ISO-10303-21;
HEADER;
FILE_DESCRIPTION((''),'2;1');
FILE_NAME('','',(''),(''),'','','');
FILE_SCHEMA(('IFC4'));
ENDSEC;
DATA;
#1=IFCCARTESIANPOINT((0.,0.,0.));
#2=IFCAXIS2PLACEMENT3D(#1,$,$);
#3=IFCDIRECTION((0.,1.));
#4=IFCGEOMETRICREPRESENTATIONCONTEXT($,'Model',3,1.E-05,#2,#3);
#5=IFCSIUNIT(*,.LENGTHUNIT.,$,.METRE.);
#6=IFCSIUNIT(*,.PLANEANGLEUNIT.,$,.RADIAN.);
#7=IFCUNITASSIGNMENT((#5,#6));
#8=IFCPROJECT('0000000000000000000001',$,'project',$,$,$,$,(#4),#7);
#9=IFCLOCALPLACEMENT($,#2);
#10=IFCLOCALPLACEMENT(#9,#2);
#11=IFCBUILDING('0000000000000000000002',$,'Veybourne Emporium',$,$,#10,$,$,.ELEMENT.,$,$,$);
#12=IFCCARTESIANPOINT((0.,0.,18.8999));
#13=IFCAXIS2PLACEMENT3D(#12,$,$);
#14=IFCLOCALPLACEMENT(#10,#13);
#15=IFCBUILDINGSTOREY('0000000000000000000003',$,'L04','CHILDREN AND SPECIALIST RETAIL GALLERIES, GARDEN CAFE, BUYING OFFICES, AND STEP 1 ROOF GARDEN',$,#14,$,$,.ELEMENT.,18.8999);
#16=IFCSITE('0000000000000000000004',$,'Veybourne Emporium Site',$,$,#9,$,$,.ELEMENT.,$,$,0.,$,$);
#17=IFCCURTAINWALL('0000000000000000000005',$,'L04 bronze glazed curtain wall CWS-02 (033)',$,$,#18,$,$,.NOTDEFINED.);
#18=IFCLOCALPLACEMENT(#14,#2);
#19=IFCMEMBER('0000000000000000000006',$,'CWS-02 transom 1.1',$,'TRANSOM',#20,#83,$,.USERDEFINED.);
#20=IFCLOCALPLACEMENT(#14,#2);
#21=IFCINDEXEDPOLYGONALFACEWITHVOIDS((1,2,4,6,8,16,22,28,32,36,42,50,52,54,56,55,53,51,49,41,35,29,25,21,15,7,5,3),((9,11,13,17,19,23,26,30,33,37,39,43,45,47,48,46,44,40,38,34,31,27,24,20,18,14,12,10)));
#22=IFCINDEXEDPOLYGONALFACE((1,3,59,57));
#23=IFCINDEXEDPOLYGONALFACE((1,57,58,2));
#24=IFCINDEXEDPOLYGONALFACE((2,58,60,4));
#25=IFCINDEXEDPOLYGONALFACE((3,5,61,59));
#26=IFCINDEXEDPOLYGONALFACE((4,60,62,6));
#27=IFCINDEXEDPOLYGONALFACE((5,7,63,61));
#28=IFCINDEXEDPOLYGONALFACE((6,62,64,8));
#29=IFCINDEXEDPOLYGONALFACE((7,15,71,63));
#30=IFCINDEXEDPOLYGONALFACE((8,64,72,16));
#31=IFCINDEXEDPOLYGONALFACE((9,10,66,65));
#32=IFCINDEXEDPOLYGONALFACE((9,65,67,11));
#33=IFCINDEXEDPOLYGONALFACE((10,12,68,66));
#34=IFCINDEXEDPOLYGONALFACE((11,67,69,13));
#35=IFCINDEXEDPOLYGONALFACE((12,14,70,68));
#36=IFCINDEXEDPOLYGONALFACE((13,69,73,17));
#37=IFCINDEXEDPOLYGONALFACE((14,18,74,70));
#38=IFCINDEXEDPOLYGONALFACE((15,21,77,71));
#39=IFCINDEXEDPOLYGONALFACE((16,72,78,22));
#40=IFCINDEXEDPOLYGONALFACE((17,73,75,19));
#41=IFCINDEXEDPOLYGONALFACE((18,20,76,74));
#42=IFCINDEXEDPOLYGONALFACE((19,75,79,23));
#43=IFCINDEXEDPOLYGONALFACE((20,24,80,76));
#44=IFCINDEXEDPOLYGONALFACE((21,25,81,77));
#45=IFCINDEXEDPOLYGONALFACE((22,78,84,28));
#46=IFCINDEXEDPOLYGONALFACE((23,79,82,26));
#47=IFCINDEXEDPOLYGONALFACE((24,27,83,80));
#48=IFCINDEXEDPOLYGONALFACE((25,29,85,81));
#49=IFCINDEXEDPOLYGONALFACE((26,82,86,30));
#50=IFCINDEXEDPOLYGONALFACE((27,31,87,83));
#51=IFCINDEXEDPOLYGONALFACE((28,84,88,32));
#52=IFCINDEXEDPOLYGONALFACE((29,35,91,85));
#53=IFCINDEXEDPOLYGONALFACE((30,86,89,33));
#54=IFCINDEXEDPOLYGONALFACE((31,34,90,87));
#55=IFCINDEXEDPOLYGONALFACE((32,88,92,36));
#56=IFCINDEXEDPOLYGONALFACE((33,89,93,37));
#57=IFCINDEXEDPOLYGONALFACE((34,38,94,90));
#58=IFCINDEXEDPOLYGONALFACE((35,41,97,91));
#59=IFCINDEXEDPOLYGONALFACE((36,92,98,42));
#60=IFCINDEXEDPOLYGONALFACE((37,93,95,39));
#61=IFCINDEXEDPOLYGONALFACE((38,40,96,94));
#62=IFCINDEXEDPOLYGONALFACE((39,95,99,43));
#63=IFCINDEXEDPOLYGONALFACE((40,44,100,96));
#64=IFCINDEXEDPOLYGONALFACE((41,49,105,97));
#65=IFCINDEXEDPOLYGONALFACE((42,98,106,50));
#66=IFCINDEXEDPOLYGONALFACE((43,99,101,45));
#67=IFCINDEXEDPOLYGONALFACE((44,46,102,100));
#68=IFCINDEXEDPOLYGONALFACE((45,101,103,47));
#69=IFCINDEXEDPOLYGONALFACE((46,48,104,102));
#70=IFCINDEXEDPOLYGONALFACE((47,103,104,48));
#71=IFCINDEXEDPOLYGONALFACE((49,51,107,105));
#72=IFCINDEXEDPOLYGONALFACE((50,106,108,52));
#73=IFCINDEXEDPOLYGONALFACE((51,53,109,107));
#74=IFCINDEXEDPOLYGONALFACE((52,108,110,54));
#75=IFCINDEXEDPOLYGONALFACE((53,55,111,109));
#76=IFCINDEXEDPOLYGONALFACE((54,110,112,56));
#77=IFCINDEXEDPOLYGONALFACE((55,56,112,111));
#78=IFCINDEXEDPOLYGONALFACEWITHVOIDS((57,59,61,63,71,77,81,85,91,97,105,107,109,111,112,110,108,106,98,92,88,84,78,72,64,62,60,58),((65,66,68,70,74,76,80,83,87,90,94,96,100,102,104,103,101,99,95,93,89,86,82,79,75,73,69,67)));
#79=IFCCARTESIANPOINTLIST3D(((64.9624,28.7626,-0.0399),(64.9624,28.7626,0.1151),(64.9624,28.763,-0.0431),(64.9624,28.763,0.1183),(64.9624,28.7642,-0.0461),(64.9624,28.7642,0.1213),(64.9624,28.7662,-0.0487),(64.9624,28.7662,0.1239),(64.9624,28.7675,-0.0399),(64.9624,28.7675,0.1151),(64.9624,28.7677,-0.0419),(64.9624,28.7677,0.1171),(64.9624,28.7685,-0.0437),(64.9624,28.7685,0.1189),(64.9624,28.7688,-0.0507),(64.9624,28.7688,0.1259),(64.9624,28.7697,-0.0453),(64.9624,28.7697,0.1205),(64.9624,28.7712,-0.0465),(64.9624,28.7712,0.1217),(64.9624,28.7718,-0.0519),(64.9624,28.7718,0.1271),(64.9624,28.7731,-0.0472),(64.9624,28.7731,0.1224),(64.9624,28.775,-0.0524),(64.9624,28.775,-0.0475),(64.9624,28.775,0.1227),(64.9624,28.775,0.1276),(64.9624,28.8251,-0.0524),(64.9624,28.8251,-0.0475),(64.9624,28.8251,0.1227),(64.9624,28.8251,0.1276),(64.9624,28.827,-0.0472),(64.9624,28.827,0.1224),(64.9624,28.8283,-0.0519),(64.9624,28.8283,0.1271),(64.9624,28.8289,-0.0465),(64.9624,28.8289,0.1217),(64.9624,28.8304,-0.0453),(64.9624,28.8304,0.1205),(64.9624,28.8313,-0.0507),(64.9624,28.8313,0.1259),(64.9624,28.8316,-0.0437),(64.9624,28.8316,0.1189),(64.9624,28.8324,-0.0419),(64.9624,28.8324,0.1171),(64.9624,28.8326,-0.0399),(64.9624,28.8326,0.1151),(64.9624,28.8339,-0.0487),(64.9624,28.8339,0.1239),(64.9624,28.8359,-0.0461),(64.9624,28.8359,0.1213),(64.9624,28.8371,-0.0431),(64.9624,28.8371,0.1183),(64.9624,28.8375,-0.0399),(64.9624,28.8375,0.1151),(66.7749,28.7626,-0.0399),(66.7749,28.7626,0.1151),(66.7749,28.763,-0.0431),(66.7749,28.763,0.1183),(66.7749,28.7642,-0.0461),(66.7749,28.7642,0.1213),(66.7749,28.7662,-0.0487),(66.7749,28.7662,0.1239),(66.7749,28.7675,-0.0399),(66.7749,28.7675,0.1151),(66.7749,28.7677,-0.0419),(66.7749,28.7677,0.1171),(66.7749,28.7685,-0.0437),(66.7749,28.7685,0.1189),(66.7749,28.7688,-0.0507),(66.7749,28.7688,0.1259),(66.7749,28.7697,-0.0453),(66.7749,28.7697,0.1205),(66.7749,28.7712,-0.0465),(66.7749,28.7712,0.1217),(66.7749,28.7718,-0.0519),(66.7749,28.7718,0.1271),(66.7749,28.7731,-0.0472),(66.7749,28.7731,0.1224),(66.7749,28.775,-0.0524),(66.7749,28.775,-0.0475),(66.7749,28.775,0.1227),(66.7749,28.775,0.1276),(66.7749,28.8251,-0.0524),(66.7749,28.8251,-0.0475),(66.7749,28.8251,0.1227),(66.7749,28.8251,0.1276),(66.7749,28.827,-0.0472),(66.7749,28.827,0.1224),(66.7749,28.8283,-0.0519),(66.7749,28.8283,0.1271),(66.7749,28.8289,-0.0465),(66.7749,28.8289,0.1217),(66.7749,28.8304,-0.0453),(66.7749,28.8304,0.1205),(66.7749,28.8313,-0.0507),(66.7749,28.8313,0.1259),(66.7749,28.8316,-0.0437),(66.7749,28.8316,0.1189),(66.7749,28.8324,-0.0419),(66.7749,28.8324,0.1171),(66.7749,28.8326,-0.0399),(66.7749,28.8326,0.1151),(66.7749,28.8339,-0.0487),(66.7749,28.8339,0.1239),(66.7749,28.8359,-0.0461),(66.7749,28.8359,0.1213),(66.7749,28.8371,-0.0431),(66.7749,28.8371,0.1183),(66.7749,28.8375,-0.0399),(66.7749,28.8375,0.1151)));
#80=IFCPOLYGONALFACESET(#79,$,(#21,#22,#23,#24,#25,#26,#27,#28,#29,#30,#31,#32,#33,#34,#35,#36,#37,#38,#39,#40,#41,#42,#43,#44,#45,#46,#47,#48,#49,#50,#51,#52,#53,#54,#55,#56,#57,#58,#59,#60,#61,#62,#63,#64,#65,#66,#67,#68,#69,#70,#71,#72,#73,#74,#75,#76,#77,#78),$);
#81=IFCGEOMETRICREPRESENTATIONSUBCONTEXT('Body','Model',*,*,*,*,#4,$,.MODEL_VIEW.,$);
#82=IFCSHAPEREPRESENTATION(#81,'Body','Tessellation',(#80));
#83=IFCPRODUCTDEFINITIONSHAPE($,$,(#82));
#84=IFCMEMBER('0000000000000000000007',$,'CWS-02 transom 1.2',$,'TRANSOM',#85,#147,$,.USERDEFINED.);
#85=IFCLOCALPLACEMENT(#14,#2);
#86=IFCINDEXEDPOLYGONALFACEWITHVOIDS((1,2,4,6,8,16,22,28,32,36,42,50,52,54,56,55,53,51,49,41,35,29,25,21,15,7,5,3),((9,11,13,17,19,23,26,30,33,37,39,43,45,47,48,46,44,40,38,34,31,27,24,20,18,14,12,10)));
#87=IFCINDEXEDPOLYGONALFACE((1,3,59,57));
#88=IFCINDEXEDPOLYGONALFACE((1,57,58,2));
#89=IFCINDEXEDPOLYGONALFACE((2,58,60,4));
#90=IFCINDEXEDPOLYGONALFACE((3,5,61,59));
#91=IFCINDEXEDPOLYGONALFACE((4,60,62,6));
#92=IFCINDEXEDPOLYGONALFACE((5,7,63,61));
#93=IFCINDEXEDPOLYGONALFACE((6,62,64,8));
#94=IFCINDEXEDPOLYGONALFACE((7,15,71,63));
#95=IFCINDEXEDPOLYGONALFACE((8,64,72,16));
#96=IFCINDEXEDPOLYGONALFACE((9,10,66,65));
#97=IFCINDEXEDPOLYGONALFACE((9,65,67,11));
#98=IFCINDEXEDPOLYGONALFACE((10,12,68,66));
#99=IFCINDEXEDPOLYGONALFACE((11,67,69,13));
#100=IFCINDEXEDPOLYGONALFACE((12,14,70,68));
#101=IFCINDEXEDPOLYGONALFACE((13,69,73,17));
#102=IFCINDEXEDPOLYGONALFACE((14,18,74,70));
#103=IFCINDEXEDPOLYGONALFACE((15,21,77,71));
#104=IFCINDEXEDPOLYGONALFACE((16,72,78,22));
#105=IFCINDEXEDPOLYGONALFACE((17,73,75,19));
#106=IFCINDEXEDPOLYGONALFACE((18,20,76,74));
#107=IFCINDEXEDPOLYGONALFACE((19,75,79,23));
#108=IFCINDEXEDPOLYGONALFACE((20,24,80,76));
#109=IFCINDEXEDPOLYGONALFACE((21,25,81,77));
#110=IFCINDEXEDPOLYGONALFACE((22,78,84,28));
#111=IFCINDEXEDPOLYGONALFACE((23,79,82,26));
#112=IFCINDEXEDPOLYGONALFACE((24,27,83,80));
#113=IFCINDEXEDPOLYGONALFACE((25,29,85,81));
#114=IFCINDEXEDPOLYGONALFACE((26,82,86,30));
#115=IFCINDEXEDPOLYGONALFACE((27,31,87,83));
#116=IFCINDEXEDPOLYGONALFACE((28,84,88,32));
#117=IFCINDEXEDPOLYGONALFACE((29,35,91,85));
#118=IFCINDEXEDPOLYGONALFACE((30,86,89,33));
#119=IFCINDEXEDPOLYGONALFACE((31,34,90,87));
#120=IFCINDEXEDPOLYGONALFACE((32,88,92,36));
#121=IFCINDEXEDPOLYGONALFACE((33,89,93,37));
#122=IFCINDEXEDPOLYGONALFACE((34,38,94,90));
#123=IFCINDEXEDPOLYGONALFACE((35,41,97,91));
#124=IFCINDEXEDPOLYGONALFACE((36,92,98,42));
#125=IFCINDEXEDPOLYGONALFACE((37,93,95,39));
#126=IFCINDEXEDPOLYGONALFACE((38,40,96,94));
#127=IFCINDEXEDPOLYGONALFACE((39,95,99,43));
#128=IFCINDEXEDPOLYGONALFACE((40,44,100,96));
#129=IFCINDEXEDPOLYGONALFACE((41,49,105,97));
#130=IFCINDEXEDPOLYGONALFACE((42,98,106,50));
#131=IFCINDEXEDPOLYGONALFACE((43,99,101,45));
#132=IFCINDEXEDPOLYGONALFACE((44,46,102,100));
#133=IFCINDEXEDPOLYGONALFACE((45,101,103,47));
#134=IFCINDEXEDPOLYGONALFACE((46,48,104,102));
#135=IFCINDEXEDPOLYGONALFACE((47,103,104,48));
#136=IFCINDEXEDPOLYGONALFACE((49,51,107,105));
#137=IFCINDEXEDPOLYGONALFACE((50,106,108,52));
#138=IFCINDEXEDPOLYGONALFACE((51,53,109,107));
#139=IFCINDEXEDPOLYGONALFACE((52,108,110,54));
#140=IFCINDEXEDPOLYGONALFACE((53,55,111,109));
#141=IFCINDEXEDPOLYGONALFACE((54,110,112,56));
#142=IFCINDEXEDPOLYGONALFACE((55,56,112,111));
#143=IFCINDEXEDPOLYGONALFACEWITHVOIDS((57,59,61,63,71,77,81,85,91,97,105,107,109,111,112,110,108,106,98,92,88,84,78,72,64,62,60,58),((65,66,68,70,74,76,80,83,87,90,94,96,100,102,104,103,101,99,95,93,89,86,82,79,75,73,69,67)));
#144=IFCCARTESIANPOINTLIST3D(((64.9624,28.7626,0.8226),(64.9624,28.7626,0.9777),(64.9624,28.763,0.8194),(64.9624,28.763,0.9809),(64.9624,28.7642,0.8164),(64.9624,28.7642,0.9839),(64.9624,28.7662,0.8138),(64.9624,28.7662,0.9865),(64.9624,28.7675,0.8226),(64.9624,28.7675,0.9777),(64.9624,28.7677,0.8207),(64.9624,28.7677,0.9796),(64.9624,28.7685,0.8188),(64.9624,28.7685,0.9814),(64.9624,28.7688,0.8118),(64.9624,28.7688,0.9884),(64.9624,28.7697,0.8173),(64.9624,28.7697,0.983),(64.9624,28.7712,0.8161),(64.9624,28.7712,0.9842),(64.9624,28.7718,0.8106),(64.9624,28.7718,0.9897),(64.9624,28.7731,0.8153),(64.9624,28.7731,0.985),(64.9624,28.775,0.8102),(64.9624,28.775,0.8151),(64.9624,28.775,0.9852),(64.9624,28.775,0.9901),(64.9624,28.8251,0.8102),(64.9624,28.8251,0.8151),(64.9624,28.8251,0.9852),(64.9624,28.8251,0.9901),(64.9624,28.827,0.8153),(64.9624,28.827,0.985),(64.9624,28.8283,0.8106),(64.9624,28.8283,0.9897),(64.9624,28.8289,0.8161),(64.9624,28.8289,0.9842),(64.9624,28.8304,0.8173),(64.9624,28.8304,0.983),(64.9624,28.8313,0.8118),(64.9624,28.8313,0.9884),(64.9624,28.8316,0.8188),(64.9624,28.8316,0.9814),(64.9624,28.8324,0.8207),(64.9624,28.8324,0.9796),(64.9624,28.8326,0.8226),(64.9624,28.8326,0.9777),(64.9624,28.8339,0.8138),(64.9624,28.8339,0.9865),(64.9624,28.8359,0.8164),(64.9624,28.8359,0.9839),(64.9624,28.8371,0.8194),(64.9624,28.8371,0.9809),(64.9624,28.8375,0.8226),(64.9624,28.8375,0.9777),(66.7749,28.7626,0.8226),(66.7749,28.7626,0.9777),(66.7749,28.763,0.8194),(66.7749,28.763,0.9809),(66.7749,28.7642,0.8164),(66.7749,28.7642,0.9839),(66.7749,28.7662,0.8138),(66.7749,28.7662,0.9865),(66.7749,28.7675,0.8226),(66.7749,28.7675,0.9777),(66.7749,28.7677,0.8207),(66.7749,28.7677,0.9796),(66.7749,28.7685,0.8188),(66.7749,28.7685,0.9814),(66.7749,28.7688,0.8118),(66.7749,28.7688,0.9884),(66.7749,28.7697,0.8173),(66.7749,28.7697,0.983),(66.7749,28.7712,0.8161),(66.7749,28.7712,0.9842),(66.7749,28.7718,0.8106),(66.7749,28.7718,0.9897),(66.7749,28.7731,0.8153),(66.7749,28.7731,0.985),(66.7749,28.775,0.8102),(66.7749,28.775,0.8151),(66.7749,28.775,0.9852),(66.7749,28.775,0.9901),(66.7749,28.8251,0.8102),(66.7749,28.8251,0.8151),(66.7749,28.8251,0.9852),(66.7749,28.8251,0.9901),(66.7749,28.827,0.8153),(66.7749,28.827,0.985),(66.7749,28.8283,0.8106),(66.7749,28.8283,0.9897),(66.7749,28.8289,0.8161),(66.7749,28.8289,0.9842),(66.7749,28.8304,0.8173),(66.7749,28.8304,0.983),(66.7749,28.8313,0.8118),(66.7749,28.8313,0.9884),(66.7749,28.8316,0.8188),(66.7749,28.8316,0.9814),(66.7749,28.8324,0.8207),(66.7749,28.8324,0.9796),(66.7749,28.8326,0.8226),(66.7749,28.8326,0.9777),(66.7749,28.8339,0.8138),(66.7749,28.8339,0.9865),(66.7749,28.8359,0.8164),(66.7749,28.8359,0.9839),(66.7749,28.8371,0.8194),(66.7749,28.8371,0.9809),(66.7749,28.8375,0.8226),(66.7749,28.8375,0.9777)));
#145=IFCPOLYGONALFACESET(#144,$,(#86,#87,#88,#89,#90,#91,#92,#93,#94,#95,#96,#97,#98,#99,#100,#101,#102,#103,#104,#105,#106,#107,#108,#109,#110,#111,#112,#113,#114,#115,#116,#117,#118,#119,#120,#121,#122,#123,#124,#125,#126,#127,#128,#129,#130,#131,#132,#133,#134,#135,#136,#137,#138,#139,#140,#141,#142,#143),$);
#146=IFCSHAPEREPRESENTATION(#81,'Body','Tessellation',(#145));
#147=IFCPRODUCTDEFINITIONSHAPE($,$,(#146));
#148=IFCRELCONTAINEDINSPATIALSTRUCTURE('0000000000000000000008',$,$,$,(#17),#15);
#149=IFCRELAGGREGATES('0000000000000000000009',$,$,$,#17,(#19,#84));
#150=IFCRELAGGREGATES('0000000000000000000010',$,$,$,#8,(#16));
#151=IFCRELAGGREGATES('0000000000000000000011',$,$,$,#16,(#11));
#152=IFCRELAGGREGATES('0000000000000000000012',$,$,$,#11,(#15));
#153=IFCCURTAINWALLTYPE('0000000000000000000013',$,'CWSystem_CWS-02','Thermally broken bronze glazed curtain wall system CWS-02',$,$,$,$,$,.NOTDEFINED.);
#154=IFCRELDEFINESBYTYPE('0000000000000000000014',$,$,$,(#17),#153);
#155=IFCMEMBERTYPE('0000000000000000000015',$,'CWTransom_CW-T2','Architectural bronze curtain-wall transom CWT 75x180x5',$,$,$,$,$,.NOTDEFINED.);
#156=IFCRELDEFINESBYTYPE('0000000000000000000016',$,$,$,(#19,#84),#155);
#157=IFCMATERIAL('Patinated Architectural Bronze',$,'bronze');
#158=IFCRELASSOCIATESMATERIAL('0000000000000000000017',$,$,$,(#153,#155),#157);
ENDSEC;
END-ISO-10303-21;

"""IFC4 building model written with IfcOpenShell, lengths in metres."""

from ifc_helpers import new_model, si_unit, direction, frame, origin, origin_2d, place, context, subcontext, project, spatial, hollow_rectangle, extrude, material, material_profile, profile_set, type_object, element, aggregate, save


model = new_model("IFC4")

# Units and contexts
model_context = context("Model", 3, precision=1e-05, world=origin(), true_north=direction((0.0, 1.0)))
body_context = subcontext(model_context, "Body", "Model", "MODEL_VIEW")
ifc_project = project(units=[si_unit("LENGTHUNIT", "METRE"), si_unit("PLANEANGLEUNIT", "RADIAN")], contexts=[model_context])

# Site, building, storey
site_placement = place(None, origin())
site = spatial("IfcSite", under=ifc_project, at=site_placement, Name="Veybourne Emporium Site", CompositionType="ELEMENT", RefElevation=0.0)
building_placement = place(site_placement, origin())
building = spatial("IfcBuilding", under=site, at=building_placement, Name="Veybourne Emporium", CompositionType="ELEMENT")
storey_placement = place(building_placement, frame((0.0, 0.0, 18.8999)))
storey = spatial("IfcBuildingStorey", under=building, at=storey_placement, Name="L04", Description="CHILDREN AND SPECIALIST RETAIL GALLERIES, GARDEN CAFE, BUYING OFFICES, AND STEP 1 ROOF GARDEN", CompositionType="ELEMENT", Elevation=18.8999)

# Curtain wall
ifc_material_1 = material(Name="Patinated Architectural Bronze", Category="bronze")
curtain_wall_type_1 = type_object("IfcCurtainWallType", Name="CWSystem_CWS-02", Description="Thermally broken bronze glazed curtain wall system CWS-02", PredefinedType="NOTDEFINED", material=ifc_material_1)
curtain_wall_1_placement = place(storey_placement, origin())
curtain_wall_1 = element("IfcCurtainWall", 1, at=curtain_wall_1_placement, inside=storey, type_object=curtain_wall_type_1, Name="L04 bronze glazed curtain wall CWS-02 (033)", PredefinedType="NOTDEFINED")

# Members
ifc_material_profile_1 = material_profile(ifc_material_1, hollow_rectangle(XDim=0.075, YDim=0.1799, WallThickness=0.0049, InnerFilletRadius=0.0076, OuterFilletRadius=0.0125, at=origin_2d()), Name="CWT 75x180x5")
ifc_profile_set_1 = profile_set([ifc_material_profile_1], Name="Patinated Architectural Bronze")
member_type_1 = type_object("IfcMemberType", Name="CWTransom_CW-T2", Description="Architectural bronze curtain-wall transom CWT 75x180x5", PredefinedType="NOTDEFINED", material=ifc_profile_set_1)
member_1_placement = place(storey_placement, frame((66.7749, 28.8, 0.0376), z_axis=(-1.0, 0.0, 0.0), x_axis=(0.0, -1.0, 0.0)))
member_1 = element("IfcMember", 2, at=member_1_placement, type_object=member_type_1, Name="CWS-02 transom 1.1", ObjectType="TRANSOM", PredefinedType="USERDEFINED", context=body_context, shape_type="SweptSolid", body=[
    extrude(hollow_rectangle(XDim=0.075, YDim=0.1799, WallThickness=0.0049, InnerFilletRadius=0.0076, OuterFilletRadius=0.0125, at=origin_2d()), origin(), (0.0, 0.0, 1.0), 1.8125),
])
member_2_placement = place(storey_placement, frame((66.7749, 28.8, 0.9001), z_axis=(-1.0, 0.0, 0.0), x_axis=(0.0, -1.0, 0.0)))
member_2 = element("IfcMember", 3, at=member_2_placement, type_object=member_type_1, Name="CWS-02 transom 1.2", ObjectType="TRANSOM", PredefinedType="USERDEFINED", context=body_context, shape_type="SweptSolid", body=[
    extrude(hollow_rectangle(XDim=0.075, YDim=0.1799, WallThickness=0.0049, InnerFilletRadius=0.0076, OuterFilletRadius=0.0125, at=origin_2d()), origin(), (0.0, 0.0, 1.0), 1.8125),
])
aggregate(curtain_wall_1, [member_1, member_2])

save(model, "model.ifc")
